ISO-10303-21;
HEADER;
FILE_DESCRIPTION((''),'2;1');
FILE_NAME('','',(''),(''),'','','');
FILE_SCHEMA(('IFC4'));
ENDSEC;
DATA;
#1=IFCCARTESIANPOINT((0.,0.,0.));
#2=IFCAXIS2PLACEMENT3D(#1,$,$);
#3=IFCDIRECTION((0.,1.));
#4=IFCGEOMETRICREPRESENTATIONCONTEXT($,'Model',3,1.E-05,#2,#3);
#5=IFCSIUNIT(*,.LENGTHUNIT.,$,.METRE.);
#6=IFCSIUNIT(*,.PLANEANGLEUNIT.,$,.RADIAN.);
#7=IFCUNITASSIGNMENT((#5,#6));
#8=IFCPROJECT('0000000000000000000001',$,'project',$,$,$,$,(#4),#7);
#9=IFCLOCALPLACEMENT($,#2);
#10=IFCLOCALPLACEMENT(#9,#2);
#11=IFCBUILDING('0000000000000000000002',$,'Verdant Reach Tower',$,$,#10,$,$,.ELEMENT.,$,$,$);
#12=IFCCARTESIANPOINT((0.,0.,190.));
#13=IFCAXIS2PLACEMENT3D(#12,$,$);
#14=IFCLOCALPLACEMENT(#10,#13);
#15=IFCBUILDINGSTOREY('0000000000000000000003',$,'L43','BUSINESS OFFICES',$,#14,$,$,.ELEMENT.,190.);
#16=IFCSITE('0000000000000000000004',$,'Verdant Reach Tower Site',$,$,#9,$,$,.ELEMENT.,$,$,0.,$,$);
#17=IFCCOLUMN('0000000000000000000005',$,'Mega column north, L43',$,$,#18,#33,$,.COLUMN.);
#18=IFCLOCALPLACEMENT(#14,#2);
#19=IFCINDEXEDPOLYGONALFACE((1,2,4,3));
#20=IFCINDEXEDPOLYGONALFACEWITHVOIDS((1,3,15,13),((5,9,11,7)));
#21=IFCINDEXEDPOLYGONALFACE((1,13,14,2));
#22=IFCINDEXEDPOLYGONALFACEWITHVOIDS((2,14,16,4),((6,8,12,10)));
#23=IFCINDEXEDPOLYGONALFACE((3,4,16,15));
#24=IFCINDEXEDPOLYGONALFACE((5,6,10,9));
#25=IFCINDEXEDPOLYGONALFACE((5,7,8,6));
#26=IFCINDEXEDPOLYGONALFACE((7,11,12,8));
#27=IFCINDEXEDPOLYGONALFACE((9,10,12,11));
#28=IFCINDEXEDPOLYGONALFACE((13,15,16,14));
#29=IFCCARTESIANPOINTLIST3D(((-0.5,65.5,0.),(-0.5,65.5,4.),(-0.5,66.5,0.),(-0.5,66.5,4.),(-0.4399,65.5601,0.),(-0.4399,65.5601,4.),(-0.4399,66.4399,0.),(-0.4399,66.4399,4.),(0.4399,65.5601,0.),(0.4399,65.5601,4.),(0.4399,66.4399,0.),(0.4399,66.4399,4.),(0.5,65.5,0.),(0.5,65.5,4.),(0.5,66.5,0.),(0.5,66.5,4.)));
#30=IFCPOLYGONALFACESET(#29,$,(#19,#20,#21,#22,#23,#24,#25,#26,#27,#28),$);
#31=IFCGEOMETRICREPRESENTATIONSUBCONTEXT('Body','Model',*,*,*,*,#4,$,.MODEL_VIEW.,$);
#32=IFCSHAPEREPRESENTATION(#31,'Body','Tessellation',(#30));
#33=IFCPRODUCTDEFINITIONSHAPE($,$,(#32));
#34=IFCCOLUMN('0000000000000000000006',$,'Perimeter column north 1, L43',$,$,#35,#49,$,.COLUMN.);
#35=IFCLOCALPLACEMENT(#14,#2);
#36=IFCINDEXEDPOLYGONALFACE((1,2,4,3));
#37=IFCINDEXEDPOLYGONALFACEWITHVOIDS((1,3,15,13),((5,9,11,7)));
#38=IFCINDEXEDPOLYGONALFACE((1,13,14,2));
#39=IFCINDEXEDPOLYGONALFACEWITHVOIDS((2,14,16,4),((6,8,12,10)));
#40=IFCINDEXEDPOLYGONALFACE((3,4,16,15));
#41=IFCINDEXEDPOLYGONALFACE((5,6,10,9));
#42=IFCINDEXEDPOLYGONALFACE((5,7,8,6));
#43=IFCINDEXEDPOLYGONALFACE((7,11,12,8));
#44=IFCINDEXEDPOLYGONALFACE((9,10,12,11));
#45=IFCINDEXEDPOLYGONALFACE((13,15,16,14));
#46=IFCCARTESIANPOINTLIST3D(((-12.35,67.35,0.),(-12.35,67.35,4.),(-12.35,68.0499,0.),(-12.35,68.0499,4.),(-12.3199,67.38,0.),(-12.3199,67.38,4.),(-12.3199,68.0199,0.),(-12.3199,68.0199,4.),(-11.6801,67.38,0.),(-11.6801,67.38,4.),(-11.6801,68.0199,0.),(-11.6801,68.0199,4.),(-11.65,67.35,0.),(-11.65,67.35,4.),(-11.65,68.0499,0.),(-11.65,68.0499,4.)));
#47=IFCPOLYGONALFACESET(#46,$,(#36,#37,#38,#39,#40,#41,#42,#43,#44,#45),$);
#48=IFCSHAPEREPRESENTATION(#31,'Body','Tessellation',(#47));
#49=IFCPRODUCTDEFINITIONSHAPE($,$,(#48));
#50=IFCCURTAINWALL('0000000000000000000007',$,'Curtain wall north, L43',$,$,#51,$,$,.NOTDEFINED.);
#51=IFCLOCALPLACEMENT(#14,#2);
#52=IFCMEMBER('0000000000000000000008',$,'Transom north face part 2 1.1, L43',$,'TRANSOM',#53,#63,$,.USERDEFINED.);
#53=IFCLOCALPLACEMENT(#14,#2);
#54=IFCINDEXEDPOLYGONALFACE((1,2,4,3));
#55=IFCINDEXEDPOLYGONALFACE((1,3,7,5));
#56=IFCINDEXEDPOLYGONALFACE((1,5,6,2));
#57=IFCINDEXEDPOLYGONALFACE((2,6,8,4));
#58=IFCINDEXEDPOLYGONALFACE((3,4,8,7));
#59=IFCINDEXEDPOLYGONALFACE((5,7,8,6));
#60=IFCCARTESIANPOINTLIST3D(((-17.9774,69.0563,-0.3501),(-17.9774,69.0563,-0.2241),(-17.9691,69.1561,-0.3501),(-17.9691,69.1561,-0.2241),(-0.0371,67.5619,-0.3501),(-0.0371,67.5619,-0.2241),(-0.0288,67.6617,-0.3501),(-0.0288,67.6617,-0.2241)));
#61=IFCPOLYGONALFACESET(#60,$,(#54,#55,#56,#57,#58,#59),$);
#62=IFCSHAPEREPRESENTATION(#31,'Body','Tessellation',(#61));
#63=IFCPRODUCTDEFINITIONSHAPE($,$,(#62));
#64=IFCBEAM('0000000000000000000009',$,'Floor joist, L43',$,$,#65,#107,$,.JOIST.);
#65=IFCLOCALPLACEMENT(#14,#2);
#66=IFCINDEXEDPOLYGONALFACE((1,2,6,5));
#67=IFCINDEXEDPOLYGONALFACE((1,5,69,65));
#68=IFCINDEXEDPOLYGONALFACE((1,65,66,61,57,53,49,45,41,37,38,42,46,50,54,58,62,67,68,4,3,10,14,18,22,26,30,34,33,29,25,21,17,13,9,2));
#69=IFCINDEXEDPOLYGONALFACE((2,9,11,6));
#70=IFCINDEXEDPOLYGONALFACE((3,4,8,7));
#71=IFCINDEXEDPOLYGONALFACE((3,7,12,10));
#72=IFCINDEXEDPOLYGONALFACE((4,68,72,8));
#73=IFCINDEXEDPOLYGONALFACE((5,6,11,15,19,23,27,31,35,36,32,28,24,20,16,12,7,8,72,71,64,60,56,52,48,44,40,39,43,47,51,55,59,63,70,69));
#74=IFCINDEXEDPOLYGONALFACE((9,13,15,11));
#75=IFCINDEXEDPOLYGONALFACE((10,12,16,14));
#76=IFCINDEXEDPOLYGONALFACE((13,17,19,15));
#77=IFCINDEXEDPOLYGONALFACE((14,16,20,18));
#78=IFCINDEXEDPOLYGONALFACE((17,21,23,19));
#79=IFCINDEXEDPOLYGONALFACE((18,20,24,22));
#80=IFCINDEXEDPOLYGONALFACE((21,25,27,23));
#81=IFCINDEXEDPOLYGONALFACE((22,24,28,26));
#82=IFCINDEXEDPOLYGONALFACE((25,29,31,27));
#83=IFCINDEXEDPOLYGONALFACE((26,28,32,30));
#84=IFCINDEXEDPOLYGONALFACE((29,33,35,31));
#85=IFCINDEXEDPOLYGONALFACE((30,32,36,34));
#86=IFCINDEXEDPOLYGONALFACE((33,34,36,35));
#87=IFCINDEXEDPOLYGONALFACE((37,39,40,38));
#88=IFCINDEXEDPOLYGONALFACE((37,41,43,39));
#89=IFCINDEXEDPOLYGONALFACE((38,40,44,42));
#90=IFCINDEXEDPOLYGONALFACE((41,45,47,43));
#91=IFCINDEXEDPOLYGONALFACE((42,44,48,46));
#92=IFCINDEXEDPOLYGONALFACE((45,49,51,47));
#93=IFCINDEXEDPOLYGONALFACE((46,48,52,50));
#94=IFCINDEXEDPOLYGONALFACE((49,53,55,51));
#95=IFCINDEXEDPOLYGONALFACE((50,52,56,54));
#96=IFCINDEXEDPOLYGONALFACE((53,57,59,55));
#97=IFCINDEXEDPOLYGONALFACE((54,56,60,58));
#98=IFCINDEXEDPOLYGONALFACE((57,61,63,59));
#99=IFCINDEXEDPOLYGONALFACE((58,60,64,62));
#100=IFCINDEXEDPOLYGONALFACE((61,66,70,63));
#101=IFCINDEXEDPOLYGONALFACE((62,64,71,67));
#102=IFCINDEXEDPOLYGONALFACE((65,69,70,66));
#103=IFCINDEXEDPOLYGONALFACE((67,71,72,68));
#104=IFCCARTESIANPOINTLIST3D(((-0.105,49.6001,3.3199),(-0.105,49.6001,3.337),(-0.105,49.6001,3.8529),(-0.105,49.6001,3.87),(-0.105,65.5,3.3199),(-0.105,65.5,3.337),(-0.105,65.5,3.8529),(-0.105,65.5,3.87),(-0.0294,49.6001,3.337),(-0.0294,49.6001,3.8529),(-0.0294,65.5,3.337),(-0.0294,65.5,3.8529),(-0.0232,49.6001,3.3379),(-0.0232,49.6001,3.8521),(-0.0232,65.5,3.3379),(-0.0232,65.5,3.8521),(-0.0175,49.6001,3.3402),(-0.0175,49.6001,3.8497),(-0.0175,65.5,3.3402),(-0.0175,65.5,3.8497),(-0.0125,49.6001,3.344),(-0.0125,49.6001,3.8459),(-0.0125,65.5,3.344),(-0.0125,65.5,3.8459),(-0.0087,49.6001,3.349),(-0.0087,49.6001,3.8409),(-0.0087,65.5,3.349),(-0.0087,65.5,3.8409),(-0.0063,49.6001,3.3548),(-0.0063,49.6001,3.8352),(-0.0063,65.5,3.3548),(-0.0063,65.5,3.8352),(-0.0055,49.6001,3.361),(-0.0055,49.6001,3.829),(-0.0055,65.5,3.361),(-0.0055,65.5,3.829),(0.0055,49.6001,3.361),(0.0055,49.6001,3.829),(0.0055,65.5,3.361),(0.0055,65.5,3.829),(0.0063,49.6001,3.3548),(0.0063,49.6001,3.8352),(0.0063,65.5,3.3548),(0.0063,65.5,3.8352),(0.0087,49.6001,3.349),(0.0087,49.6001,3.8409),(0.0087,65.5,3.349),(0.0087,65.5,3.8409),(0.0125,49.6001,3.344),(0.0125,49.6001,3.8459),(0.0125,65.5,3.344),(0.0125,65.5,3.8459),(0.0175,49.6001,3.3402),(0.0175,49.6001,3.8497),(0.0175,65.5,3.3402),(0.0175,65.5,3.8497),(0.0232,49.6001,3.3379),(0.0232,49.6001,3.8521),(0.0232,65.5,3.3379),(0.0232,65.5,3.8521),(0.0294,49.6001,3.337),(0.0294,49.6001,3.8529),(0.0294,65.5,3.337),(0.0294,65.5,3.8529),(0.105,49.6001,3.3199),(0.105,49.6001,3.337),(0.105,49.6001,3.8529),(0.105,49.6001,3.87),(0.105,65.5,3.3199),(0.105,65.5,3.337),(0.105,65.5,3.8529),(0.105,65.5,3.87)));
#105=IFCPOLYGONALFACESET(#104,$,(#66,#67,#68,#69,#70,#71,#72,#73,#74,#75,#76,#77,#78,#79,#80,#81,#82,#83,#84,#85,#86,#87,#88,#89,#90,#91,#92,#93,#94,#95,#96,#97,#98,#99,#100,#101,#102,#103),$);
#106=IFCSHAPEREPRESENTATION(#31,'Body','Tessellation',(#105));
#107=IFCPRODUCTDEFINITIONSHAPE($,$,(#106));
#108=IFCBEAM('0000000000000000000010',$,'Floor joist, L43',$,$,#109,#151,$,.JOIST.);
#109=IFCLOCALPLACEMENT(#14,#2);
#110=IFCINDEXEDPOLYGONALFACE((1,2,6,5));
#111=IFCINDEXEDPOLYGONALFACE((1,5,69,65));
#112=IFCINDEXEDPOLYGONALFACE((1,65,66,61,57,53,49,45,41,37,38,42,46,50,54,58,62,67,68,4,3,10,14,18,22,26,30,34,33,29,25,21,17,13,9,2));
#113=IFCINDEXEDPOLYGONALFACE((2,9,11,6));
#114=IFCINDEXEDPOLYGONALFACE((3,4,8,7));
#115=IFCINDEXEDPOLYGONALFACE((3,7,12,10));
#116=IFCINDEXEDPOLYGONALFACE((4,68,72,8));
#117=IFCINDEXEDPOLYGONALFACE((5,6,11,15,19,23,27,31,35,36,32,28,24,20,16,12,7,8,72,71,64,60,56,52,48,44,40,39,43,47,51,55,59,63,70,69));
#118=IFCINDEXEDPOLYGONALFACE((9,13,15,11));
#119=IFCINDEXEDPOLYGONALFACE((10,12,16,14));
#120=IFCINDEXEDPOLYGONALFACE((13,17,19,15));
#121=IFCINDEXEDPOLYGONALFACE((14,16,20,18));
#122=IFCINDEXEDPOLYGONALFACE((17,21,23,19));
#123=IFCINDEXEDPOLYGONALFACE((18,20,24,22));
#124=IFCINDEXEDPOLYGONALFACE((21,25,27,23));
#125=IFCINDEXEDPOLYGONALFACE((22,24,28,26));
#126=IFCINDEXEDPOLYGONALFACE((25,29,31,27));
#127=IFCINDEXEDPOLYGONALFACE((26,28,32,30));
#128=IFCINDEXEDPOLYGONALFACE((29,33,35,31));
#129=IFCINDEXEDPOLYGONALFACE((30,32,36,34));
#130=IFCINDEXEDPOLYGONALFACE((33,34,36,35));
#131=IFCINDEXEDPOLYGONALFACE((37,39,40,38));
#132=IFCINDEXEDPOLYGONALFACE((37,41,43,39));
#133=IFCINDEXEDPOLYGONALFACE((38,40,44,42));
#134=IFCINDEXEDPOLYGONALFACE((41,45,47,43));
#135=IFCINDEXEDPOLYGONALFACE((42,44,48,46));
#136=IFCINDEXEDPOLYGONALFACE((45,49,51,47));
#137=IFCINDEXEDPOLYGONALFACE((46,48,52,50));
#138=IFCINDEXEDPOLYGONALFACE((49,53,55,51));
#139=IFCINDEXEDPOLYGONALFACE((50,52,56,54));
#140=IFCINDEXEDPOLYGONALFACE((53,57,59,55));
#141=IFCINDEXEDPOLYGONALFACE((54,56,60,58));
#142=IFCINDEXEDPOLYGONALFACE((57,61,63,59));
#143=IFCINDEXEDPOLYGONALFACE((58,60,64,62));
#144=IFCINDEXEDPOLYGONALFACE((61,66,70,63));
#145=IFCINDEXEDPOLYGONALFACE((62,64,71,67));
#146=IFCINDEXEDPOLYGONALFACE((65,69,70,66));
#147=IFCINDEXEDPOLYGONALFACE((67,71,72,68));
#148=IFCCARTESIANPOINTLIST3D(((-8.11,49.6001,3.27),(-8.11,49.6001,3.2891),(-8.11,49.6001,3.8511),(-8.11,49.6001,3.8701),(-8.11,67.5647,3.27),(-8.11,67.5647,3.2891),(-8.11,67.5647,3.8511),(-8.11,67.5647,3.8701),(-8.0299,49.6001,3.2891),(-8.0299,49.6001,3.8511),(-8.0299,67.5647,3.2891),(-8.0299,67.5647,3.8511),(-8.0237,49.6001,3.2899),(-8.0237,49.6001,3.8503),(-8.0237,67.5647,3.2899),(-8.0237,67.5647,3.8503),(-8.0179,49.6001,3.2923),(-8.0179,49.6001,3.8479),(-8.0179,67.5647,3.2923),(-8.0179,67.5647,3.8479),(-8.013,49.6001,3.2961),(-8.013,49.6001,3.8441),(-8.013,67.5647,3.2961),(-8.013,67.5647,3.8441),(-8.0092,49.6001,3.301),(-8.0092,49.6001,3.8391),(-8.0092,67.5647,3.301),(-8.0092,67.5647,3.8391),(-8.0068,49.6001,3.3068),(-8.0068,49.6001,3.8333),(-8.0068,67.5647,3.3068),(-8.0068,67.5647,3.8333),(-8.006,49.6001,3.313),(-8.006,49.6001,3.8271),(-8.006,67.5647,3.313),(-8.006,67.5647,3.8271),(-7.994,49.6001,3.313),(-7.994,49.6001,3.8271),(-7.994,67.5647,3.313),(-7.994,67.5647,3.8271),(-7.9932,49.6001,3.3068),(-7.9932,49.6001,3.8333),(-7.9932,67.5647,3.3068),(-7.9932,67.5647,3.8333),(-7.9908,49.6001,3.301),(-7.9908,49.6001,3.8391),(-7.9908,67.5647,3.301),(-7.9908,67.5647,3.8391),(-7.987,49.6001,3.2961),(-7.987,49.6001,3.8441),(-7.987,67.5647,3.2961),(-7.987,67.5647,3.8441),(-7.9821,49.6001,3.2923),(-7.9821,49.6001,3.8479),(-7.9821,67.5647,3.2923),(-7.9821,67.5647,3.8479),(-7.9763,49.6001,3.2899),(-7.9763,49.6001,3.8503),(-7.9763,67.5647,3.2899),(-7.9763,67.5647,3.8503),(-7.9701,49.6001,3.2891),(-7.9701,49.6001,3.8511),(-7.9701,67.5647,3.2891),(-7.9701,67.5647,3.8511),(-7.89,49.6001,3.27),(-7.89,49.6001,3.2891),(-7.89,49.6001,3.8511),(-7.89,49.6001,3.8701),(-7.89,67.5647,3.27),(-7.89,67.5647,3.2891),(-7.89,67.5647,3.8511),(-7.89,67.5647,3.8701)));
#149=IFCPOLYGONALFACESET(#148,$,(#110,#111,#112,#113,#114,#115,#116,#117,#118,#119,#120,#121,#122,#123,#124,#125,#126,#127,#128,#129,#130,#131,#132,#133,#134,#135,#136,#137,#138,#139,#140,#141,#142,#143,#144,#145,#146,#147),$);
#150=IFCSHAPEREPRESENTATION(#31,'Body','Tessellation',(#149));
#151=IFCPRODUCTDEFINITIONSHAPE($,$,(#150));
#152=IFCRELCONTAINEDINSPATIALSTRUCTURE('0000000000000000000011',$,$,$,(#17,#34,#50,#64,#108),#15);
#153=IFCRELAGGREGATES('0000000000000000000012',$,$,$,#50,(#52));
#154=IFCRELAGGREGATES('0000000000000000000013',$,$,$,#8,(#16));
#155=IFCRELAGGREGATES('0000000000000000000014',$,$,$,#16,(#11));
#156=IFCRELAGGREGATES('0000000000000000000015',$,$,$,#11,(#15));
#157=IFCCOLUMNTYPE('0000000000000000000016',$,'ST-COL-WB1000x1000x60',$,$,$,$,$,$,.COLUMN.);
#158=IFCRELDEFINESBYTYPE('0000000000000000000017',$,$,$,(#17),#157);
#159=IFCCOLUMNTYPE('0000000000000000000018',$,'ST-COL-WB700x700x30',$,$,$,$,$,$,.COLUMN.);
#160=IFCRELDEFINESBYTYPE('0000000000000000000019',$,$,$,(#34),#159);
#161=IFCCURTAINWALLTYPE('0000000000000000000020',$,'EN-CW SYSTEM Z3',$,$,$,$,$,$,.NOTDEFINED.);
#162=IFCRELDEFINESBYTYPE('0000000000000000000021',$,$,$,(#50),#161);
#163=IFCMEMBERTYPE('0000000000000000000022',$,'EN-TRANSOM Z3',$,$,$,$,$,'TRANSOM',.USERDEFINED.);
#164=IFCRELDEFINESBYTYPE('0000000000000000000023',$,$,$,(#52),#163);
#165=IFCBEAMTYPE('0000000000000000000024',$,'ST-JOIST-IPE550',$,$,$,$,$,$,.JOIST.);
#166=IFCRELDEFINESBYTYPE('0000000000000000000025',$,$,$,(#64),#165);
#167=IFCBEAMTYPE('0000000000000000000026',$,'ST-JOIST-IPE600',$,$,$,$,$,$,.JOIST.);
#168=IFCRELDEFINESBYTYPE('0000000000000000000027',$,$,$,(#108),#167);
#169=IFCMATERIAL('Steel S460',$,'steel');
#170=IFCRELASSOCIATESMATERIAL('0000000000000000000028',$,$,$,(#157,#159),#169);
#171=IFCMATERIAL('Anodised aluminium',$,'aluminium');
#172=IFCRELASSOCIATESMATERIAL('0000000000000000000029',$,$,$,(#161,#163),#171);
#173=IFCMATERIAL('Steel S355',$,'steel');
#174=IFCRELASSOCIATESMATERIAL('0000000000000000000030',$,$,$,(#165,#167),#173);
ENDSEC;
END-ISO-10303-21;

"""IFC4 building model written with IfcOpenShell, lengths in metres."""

from ifc_helpers import new_model, si_unit, direction, frame, origin, origin_2d, place, context, subcontext, project, spatial, rectangle, hollow_rectangle, i_section, extrude, material, material_profile, profile_set, type_object, element, aggregate, save


model = new_model("IFC4")

# Units and contexts
model_context = context("Model", 3, precision=1e-05, world=origin(), true_north=direction((0.0, 1.0)))
body_context = subcontext(model_context, "Body", "Model", "MODEL_VIEW")
ifc_project = project(units=[si_unit("LENGTHUNIT", "METRE"), si_unit("PLANEANGLEUNIT", "RADIAN")], contexts=[model_context])

# Site, building, storey
site_placement = place(None, origin())
site = spatial("IfcSite", under=ifc_project, at=site_placement, Name="Verdant Reach Tower Site", CompositionType="ELEMENT", RefElevation=0.0)
building_placement = place(site_placement, origin())
building = spatial("IfcBuilding", under=site, at=building_placement, Name="Verdant Reach Tower", CompositionType="ELEMENT")
storey_placement = place(building_placement, frame((0.0, 0.0, 190.0)))
storey = spatial("IfcBuildingStorey", under=building, at=storey_placement, Name="L43", Description="BUSINESS OFFICES", CompositionType="ELEMENT", Elevation=190.0)

# Columns
ifc_material_1 = material(Name="Steel S460", Category="steel")
ifc_material_profile_1 = material_profile(ifc_material_1, hollow_rectangle(XDim=1.0, YDim=1.0, WallThickness=0.0601, at=origin_2d()), Name="WB 1000x1000x60")
ifc_profile_set_1 = profile_set([ifc_material_profile_1], Name="Steel S460")
column_type_1 = type_object("IfcColumnType", Name="ST-COL-WB1000x1000x60", PredefinedType="COLUMN", material=ifc_profile_set_1)
column_1_placement = place(storey_placement, frame((0.0, 66.0, 0.0), z_axis=(0.0, 0.0, 1.0), x_axis=(1.0, 0.0, 0.0)))
element("IfcColumn", 1, at=column_1_placement, inside=storey, type_object=column_type_1, Name="Mega column north, L43", PredefinedType="COLUMN", context=body_context, shape_type="SweptSolid", body=[
    extrude(hollow_rectangle(XDim=1.0, YDim=1.0, WallThickness=0.0601, at=origin_2d()), origin(), (0.0, 0.0, 1.0), 4.0),
])
ifc_material_profile_2 = material_profile(ifc_material_1, hollow_rectangle(XDim=0.7, YDim=0.7, WallThickness=0.03, at=origin_2d()), Name="WB 700x700x30")
ifc_profile_set_2 = profile_set([ifc_material_profile_2], Name="Steel S460")
column_type_2 = type_object("IfcColumnType", Name="ST-COL-WB700x700x30", PredefinedType="COLUMN", material=ifc_profile_set_2)
column_2_placement = place(storey_placement, frame((-12.0, 67.7, 0.0), z_axis=(0.0, 0.0, 1.0), x_axis=(1.0, 0.0, 0.0)))
element("IfcColumn", 2, at=column_2_placement, inside=storey, type_object=column_type_2, Name="Perimeter column north 1, L43", PredefinedType="COLUMN", context=body_context, shape_type="SweptSolid", body=[
    extrude(hollow_rectangle(XDim=0.7, YDim=0.7, WallThickness=0.03, at=origin_2d()), origin(), (0.0, 0.0, 1.0), 4.0),
])

# Curtain wall, member
ifc_material_2 = material(Name="Anodised aluminium", Category="aluminium")
curtain_wall_type = type_object("IfcCurtainWallType", Name="EN-CW SYSTEM Z3", PredefinedType="NOTDEFINED", material=ifc_material_2)
curtain_wall_placement = place(storey_placement, origin())
curtain_wall = element("IfcCurtainWall", 3, at=curtain_wall_placement, inside=storey, type_object=curtain_wall_type, Name="Curtain wall north, L43", PredefinedType="NOTDEFINED")
ifc_material_profile_3 = material_profile(ifc_material_2, rectangle(XDim=0.1001, YDim=0.126, at=origin_2d()), Name="Transom 126x100")
ifc_profile_set_3 = profile_set([ifc_material_profile_3], Name="Anodised aluminium")
member_type = type_object("IfcMemberType", Name="EN-TRANSOM Z3", ElementType="TRANSOM", PredefinedType="USERDEFINED", material=ifc_profile_set_3)
member_placement = place(storey_placement, frame((-0.033, 67.6118, -0.2871), z_axis=(-0.996549, 0.08301, 0.0), x_axis=(-0.08301, -0.996549, 0.0)))
member = element("IfcMember", 4, at=member_placement, type_object=member_type, Name="Transom north face part 2 1.1, L43", ObjectType="TRANSOM", PredefinedType="USERDEFINED", context=body_context, shape_type="SweptSolid", body=[
    extrude(rectangle(XDim=0.1001, YDim=0.126, at=origin_2d()), origin(), (0.0, 0.0, 1.0), 18.0024),
])

# Beams
ifc_material_3 = material(Name="Steel S355", Category="steel")
ifc_material_profile_4 = material_profile(ifc_material_3, i_section(OverallWidth=0.21, OverallDepth=0.55, WebThickness=0.011, FlangeThickness=0.0171, FilletRadius=0.0239, at=origin_2d()), Name="IPE 550")
ifc_profile_set_4 = profile_set([ifc_material_profile_4], Name="Steel S355")
beam_type_1 = type_object("IfcBeamType", Name="ST-JOIST-IPE550", PredefinedType="JOIST", material=ifc_profile_set_4)
beam_1_placement = place(storey_placement, frame((0.0, 49.6001, 3.595), z_axis=(0.0, 1.0, 0.0), x_axis=(-1.0, 0.0, 0.0)))
element("IfcBeam", 5, at=beam_1_placement, inside=storey, type_object=beam_type_1, Name="Floor joist, L43", PredefinedType="JOIST", context=body_context, shape_type="SweptSolid", body=[
    extrude(i_section(OverallWidth=0.21, OverallDepth=0.55, WebThickness=0.011, FlangeThickness=0.0171, FilletRadius=0.0239, at=origin_2d()), origin(), (0.0, 0.0, 1.0), 15.8999),
])
ifc_material_profile_5 = material_profile(ifc_material_3, i_section(OverallWidth=0.22, OverallDepth=0.6001, WebThickness=0.012, FlangeThickness=0.019, FilletRadius=0.0239, at=origin_2d()), Name="IPE 600")
ifc_profile_set_5 = profile_set([ifc_material_profile_5], Name="Steel S355")
beam_type_2 = type_object("IfcBeamType", Name="ST-JOIST-IPE600", PredefinedType="JOIST", material=ifc_profile_set_5)
beam_2_placement = place(storey_placement, frame((-8.0, 49.6001, 3.5701), z_axis=(0.0, 1.0, 0.0), x_axis=(-1.0, 0.0, 0.0)))
element("IfcBeam", 6, at=beam_2_placement, inside=storey, type_object=beam_type_2, Name="Floor joist, L43", PredefinedType="JOIST", context=body_context, shape_type="SweptSolid", body=[
    extrude(i_section(OverallWidth=0.22, OverallDepth=0.6001, WebThickness=0.012, FlangeThickness=0.019, FilletRadius=0.0239, at=origin_2d()), origin(), (0.0, 0.0, 1.0), 17.9646),
])

aggregate(curtain_wall, [member])

save(model, "model.ifc")
